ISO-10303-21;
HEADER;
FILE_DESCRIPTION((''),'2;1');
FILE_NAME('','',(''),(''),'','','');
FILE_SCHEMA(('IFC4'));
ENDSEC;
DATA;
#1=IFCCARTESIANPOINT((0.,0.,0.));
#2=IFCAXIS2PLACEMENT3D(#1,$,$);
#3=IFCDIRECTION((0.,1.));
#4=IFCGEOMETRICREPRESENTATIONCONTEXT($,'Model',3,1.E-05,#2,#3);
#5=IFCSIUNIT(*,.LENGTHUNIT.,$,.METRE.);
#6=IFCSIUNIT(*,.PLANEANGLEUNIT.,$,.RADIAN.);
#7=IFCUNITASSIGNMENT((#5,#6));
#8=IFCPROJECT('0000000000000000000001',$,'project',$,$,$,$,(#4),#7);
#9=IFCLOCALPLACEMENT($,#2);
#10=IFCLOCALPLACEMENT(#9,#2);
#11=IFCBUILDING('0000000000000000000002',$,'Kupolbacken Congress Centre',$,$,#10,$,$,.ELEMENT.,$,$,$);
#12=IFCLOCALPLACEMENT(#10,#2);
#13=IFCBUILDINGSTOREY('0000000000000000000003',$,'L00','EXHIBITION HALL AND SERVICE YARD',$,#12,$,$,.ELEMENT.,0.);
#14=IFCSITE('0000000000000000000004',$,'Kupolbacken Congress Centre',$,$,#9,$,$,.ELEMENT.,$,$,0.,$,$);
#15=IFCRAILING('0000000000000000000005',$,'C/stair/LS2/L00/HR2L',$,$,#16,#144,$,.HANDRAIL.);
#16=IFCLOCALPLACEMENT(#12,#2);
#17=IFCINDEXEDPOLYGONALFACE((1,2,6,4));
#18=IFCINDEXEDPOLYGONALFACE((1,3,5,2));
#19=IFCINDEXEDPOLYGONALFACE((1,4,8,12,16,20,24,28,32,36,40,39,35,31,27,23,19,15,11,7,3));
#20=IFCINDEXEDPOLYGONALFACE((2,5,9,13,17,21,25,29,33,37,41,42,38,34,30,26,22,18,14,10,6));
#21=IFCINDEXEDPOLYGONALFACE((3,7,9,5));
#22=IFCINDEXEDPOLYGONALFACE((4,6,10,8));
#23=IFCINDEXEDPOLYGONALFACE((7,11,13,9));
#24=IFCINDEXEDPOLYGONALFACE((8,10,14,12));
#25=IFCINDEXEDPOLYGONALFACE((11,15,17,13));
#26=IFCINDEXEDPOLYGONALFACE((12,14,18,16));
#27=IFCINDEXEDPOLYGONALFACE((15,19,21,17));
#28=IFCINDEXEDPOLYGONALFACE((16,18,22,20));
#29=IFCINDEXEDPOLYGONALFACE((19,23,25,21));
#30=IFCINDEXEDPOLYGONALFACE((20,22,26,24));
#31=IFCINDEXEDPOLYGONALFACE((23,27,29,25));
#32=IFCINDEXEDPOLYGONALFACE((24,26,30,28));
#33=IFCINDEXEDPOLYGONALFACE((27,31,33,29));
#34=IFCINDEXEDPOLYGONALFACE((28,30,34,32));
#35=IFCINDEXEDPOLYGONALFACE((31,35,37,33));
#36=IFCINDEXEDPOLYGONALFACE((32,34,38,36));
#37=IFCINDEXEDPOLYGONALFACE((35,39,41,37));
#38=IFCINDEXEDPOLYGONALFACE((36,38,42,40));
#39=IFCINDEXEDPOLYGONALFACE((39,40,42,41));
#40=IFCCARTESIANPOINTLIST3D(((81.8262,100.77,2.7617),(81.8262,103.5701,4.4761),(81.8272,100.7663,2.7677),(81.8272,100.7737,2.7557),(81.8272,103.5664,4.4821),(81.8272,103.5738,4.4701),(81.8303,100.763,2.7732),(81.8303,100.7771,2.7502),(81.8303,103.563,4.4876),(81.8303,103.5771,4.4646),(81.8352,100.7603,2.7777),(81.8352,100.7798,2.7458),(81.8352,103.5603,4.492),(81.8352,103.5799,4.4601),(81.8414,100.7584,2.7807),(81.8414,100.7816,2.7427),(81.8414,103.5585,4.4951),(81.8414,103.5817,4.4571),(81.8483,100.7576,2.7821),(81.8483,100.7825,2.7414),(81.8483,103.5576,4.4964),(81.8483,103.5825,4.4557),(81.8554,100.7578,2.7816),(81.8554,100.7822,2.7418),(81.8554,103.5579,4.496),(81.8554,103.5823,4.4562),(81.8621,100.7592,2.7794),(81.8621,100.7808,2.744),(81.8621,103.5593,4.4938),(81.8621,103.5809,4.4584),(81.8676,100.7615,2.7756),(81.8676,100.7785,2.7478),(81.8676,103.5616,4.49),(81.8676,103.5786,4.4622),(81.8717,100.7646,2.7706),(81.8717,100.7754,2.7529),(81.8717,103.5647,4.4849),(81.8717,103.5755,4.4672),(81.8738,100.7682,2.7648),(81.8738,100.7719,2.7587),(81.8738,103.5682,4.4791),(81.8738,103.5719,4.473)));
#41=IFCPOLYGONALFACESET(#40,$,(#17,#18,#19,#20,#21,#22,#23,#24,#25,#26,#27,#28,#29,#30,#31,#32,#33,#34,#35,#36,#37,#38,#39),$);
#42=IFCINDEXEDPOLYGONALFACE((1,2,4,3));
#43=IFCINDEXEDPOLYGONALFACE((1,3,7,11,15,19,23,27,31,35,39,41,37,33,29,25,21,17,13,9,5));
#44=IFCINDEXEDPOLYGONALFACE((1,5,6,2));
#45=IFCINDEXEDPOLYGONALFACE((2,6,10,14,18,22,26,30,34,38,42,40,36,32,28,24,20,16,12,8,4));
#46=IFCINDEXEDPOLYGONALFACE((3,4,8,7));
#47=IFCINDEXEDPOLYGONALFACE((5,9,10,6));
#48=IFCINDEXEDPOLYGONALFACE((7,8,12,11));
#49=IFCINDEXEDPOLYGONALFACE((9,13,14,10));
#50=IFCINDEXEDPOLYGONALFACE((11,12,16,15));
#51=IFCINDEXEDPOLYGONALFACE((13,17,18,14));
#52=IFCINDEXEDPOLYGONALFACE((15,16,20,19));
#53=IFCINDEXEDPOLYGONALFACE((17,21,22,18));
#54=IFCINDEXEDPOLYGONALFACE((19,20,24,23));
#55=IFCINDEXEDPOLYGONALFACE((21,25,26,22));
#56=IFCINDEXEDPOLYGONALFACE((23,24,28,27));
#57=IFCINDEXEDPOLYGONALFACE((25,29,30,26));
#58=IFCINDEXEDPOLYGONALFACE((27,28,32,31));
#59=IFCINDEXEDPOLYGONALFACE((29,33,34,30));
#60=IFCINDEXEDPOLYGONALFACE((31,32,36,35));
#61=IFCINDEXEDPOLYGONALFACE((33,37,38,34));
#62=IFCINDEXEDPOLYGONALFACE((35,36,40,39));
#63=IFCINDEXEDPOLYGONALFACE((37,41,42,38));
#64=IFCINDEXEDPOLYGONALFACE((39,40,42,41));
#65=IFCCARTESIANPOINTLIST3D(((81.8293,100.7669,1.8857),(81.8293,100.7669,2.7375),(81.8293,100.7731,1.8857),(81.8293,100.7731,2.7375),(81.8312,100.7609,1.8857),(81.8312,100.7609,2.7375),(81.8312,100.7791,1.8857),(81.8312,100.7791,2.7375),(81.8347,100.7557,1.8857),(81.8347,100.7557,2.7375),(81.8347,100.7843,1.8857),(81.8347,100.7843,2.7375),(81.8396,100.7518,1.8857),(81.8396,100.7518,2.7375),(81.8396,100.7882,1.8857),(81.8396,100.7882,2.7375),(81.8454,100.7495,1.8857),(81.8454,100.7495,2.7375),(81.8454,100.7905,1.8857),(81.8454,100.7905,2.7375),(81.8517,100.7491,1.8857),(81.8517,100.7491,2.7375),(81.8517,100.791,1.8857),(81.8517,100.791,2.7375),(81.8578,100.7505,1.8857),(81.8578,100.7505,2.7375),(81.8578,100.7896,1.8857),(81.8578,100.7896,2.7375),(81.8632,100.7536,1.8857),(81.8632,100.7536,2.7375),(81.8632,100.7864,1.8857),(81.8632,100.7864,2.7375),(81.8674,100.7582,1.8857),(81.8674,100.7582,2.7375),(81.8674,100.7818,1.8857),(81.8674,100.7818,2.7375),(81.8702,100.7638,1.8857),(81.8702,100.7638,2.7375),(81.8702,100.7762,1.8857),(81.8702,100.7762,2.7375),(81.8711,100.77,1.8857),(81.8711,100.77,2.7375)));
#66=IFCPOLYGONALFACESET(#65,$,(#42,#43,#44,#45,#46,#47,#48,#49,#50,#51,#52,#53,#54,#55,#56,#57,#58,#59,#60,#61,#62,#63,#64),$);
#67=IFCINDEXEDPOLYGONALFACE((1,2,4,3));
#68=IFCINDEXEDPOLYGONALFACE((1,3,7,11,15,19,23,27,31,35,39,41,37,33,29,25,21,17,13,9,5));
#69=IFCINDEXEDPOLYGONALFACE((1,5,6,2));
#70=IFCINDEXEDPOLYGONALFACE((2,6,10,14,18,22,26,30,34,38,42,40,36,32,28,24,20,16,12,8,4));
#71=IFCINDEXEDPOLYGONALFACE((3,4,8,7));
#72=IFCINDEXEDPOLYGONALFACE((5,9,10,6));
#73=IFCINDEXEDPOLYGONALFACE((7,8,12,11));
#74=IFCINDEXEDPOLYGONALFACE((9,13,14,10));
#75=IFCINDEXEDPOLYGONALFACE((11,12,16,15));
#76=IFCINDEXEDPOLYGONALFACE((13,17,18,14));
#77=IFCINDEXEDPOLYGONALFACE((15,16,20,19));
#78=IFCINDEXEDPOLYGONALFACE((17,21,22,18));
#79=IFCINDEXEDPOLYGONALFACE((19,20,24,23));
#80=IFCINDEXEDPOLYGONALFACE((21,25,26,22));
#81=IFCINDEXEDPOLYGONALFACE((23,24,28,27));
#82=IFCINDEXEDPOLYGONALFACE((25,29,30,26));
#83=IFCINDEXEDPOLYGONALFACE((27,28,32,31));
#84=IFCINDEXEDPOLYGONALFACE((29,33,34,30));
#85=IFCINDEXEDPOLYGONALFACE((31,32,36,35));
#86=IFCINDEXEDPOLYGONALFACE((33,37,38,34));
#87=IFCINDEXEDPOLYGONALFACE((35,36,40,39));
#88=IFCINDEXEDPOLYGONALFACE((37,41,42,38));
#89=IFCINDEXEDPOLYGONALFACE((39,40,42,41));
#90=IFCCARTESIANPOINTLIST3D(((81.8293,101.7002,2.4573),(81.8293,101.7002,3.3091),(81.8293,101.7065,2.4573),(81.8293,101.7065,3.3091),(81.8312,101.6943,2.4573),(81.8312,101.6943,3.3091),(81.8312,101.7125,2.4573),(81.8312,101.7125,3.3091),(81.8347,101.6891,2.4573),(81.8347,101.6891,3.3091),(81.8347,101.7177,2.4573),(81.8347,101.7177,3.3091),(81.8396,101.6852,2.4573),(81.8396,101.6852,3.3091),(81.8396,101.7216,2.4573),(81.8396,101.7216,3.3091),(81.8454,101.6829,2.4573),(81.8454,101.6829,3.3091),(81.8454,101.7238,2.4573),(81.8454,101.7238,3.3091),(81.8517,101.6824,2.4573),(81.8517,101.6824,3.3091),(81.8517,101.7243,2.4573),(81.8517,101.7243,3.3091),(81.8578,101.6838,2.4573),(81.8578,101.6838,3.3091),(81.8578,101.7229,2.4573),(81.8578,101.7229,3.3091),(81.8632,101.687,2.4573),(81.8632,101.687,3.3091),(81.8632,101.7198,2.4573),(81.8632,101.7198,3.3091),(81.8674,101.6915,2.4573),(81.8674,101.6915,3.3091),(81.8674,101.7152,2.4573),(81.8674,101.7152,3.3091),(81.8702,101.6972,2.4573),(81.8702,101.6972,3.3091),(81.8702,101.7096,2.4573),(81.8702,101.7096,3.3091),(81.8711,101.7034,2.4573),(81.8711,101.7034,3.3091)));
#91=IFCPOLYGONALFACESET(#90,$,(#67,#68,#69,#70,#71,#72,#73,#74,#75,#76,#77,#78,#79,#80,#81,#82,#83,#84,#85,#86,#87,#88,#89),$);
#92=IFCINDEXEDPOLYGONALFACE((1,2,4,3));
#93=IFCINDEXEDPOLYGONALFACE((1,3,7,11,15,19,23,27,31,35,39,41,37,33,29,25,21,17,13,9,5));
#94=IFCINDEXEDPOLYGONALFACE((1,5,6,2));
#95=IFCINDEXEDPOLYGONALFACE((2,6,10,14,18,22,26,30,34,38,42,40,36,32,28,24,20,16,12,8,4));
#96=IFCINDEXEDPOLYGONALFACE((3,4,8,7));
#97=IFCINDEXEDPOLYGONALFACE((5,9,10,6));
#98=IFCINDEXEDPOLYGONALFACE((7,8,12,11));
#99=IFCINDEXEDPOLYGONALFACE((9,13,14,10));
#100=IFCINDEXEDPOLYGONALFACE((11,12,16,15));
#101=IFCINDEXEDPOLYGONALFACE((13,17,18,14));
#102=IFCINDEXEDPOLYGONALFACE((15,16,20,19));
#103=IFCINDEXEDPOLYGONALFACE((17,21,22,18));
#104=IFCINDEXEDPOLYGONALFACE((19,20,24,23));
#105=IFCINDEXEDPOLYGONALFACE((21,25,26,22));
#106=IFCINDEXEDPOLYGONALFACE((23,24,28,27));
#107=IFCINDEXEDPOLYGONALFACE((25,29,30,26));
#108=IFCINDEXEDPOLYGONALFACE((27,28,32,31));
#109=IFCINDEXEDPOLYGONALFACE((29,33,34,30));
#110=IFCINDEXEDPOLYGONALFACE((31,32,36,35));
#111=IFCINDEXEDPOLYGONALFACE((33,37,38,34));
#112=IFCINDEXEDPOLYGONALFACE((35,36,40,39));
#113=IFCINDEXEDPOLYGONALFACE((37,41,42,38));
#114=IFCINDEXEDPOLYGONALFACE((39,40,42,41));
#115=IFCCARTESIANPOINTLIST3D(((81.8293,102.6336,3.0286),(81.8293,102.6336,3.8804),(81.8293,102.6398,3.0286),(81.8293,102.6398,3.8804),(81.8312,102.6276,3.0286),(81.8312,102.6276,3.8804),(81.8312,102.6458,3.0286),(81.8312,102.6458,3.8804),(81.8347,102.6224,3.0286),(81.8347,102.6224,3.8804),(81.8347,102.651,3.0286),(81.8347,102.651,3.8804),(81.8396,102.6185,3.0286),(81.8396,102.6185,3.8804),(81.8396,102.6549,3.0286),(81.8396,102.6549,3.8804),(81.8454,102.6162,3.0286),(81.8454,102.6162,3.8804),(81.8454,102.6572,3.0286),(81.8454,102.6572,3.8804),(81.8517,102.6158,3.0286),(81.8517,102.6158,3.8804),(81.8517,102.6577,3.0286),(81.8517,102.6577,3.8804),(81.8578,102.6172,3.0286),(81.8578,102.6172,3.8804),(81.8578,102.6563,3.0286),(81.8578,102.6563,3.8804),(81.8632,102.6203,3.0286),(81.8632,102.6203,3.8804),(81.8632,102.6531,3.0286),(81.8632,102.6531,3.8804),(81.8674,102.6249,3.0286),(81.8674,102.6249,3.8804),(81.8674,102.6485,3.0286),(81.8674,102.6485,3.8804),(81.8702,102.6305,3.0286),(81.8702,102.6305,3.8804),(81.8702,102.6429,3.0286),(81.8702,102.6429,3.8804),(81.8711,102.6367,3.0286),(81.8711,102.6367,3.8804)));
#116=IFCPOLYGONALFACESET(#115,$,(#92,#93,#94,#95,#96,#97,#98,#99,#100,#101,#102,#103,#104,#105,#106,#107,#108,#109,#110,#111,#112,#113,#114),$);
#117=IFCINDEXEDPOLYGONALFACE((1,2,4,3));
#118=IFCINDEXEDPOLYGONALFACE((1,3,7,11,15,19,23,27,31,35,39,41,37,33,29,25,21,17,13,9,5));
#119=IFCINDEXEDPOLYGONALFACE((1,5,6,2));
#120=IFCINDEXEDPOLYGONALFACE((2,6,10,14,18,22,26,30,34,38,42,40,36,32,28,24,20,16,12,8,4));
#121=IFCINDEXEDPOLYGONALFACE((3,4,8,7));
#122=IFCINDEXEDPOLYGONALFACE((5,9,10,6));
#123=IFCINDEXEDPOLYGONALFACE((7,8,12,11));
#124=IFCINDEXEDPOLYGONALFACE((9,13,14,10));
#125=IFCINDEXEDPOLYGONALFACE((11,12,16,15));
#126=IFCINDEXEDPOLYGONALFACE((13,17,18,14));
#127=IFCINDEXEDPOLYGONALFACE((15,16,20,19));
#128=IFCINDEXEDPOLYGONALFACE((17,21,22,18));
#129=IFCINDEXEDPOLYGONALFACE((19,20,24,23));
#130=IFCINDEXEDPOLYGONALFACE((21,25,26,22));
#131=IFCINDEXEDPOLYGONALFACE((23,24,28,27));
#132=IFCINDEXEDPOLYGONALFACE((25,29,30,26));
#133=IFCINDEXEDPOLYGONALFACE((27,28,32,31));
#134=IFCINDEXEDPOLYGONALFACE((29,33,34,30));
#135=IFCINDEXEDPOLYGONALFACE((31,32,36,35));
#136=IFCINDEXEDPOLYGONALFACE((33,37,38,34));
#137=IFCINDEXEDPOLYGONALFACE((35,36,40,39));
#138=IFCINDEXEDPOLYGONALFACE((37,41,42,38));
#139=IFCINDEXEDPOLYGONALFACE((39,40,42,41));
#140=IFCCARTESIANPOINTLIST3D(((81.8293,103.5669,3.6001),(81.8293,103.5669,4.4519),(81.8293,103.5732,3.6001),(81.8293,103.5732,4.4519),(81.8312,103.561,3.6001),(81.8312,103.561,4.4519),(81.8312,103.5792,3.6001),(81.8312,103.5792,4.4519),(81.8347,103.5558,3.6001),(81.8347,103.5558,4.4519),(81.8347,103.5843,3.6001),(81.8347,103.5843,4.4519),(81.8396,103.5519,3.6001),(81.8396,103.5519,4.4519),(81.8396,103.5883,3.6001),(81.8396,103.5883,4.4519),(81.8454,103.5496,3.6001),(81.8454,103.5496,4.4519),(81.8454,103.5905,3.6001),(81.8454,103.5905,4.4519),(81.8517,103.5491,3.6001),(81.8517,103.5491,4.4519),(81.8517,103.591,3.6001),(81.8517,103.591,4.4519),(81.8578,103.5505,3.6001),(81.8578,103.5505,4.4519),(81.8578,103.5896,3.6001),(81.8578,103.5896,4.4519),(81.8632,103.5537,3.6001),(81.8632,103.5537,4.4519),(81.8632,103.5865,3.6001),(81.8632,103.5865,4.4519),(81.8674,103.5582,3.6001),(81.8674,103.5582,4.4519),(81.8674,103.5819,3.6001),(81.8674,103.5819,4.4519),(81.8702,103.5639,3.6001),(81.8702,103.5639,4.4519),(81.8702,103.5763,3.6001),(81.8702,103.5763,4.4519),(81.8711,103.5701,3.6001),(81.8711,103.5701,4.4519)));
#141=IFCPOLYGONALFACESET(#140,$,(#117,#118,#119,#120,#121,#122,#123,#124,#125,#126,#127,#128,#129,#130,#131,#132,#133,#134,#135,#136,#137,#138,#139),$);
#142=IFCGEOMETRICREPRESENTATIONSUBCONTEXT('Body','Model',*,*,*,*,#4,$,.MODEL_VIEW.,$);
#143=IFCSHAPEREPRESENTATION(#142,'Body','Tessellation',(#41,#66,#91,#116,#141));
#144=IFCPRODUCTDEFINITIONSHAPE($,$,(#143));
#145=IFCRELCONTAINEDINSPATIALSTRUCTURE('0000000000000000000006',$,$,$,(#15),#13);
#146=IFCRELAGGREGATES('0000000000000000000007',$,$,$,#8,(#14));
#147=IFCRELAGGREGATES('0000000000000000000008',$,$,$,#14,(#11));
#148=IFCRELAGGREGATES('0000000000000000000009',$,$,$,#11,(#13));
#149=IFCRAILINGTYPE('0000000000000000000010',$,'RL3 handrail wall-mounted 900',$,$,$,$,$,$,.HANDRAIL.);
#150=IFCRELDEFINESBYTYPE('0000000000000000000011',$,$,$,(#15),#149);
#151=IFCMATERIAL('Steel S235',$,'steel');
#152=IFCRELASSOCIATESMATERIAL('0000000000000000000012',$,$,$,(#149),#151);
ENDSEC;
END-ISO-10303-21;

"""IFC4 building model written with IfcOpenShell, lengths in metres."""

from ifc_helpers import new_model, si_unit, direction, frame, origin, origin_2d, place, context, subcontext, project, spatial, circle, extrude, material, type_object, element, save


model = new_model("IFC4")

# Units and contexts
model_context = context("Model", 3, precision=1e-05, world=origin(), true_north=direction((0.0, 1.0)))
body_context = subcontext(model_context, "Body", "Model", "MODEL_VIEW")
ifc_project = project(units=[si_unit("LENGTHUNIT", "METRE"), si_unit("PLANEANGLEUNIT", "RADIAN")], contexts=[model_context])

# Site, building, storey
site_placement = place(None, origin())
site = spatial("IfcSite", under=ifc_project, at=site_placement, Name="Kupolbacken Congress Centre", CompositionType="ELEMENT", RefElevation=0.0)
building_placement = place(site_placement, origin())
building = spatial("IfcBuilding", under=site, at=building_placement, Name="Kupolbacken Congress Centre", CompositionType="ELEMENT")
storey_placement = place(building_placement, origin())
storey = spatial("IfcBuildingStorey", under=building, at=storey_placement, Name="L00", Description="EXHIBITION HALL AND SERVICE YARD", CompositionType="ELEMENT", Elevation=0.0)

# Railing
ifc_material_1 = material(Name="Steel S235", Category="steel")
railing_type = type_object("IfcRailingType", Name="RL3 handrail wall-mounted 900", PredefinedType="HANDRAIL", material=ifc_material_1)
railing_placement = place(storey_placement, frame((81.8501, 100.77, 1.8857)))
element("IfcRailing", 1, at=railing_placement, inside=storey, type_object=railing_type, Name="C/stair/LS2/L00/HR2L", PredefinedType="HANDRAIL", context=body_context, shape_type="SweptSolid", body=[
    extrude(circle(Radius=0.0239, at=origin_2d()), frame((0.0, 0.0, 0.876), z_axis=(0.0, 0.852846, 0.522163), x_axis=(-1.0, 0.0, 0.0)), (0.0, 0.0, 1.0), 3.2832),
    extrude(circle(Radius=0.021, at=origin_2d()), origin(), (0.0, 0.0, 1.0), 0.8518),
    extrude(circle(Radius=0.021, at=origin_2d()), frame((0.0, 0.9333, 0.5715)), (0.0, 0.0, 1.0), 0.8518),
    extrude(circle(Radius=0.021, at=origin_2d()), frame((0.0, 1.8667, 1.1428)), (0.0, 0.0, 1.0), 0.8518),
    extrude(circle(Radius=0.021, at=origin_2d()), frame((0.0, 2.8, 1.7144)), (0.0, 0.0, 1.0), 0.8518),
])

save(model, "model.ifc")
